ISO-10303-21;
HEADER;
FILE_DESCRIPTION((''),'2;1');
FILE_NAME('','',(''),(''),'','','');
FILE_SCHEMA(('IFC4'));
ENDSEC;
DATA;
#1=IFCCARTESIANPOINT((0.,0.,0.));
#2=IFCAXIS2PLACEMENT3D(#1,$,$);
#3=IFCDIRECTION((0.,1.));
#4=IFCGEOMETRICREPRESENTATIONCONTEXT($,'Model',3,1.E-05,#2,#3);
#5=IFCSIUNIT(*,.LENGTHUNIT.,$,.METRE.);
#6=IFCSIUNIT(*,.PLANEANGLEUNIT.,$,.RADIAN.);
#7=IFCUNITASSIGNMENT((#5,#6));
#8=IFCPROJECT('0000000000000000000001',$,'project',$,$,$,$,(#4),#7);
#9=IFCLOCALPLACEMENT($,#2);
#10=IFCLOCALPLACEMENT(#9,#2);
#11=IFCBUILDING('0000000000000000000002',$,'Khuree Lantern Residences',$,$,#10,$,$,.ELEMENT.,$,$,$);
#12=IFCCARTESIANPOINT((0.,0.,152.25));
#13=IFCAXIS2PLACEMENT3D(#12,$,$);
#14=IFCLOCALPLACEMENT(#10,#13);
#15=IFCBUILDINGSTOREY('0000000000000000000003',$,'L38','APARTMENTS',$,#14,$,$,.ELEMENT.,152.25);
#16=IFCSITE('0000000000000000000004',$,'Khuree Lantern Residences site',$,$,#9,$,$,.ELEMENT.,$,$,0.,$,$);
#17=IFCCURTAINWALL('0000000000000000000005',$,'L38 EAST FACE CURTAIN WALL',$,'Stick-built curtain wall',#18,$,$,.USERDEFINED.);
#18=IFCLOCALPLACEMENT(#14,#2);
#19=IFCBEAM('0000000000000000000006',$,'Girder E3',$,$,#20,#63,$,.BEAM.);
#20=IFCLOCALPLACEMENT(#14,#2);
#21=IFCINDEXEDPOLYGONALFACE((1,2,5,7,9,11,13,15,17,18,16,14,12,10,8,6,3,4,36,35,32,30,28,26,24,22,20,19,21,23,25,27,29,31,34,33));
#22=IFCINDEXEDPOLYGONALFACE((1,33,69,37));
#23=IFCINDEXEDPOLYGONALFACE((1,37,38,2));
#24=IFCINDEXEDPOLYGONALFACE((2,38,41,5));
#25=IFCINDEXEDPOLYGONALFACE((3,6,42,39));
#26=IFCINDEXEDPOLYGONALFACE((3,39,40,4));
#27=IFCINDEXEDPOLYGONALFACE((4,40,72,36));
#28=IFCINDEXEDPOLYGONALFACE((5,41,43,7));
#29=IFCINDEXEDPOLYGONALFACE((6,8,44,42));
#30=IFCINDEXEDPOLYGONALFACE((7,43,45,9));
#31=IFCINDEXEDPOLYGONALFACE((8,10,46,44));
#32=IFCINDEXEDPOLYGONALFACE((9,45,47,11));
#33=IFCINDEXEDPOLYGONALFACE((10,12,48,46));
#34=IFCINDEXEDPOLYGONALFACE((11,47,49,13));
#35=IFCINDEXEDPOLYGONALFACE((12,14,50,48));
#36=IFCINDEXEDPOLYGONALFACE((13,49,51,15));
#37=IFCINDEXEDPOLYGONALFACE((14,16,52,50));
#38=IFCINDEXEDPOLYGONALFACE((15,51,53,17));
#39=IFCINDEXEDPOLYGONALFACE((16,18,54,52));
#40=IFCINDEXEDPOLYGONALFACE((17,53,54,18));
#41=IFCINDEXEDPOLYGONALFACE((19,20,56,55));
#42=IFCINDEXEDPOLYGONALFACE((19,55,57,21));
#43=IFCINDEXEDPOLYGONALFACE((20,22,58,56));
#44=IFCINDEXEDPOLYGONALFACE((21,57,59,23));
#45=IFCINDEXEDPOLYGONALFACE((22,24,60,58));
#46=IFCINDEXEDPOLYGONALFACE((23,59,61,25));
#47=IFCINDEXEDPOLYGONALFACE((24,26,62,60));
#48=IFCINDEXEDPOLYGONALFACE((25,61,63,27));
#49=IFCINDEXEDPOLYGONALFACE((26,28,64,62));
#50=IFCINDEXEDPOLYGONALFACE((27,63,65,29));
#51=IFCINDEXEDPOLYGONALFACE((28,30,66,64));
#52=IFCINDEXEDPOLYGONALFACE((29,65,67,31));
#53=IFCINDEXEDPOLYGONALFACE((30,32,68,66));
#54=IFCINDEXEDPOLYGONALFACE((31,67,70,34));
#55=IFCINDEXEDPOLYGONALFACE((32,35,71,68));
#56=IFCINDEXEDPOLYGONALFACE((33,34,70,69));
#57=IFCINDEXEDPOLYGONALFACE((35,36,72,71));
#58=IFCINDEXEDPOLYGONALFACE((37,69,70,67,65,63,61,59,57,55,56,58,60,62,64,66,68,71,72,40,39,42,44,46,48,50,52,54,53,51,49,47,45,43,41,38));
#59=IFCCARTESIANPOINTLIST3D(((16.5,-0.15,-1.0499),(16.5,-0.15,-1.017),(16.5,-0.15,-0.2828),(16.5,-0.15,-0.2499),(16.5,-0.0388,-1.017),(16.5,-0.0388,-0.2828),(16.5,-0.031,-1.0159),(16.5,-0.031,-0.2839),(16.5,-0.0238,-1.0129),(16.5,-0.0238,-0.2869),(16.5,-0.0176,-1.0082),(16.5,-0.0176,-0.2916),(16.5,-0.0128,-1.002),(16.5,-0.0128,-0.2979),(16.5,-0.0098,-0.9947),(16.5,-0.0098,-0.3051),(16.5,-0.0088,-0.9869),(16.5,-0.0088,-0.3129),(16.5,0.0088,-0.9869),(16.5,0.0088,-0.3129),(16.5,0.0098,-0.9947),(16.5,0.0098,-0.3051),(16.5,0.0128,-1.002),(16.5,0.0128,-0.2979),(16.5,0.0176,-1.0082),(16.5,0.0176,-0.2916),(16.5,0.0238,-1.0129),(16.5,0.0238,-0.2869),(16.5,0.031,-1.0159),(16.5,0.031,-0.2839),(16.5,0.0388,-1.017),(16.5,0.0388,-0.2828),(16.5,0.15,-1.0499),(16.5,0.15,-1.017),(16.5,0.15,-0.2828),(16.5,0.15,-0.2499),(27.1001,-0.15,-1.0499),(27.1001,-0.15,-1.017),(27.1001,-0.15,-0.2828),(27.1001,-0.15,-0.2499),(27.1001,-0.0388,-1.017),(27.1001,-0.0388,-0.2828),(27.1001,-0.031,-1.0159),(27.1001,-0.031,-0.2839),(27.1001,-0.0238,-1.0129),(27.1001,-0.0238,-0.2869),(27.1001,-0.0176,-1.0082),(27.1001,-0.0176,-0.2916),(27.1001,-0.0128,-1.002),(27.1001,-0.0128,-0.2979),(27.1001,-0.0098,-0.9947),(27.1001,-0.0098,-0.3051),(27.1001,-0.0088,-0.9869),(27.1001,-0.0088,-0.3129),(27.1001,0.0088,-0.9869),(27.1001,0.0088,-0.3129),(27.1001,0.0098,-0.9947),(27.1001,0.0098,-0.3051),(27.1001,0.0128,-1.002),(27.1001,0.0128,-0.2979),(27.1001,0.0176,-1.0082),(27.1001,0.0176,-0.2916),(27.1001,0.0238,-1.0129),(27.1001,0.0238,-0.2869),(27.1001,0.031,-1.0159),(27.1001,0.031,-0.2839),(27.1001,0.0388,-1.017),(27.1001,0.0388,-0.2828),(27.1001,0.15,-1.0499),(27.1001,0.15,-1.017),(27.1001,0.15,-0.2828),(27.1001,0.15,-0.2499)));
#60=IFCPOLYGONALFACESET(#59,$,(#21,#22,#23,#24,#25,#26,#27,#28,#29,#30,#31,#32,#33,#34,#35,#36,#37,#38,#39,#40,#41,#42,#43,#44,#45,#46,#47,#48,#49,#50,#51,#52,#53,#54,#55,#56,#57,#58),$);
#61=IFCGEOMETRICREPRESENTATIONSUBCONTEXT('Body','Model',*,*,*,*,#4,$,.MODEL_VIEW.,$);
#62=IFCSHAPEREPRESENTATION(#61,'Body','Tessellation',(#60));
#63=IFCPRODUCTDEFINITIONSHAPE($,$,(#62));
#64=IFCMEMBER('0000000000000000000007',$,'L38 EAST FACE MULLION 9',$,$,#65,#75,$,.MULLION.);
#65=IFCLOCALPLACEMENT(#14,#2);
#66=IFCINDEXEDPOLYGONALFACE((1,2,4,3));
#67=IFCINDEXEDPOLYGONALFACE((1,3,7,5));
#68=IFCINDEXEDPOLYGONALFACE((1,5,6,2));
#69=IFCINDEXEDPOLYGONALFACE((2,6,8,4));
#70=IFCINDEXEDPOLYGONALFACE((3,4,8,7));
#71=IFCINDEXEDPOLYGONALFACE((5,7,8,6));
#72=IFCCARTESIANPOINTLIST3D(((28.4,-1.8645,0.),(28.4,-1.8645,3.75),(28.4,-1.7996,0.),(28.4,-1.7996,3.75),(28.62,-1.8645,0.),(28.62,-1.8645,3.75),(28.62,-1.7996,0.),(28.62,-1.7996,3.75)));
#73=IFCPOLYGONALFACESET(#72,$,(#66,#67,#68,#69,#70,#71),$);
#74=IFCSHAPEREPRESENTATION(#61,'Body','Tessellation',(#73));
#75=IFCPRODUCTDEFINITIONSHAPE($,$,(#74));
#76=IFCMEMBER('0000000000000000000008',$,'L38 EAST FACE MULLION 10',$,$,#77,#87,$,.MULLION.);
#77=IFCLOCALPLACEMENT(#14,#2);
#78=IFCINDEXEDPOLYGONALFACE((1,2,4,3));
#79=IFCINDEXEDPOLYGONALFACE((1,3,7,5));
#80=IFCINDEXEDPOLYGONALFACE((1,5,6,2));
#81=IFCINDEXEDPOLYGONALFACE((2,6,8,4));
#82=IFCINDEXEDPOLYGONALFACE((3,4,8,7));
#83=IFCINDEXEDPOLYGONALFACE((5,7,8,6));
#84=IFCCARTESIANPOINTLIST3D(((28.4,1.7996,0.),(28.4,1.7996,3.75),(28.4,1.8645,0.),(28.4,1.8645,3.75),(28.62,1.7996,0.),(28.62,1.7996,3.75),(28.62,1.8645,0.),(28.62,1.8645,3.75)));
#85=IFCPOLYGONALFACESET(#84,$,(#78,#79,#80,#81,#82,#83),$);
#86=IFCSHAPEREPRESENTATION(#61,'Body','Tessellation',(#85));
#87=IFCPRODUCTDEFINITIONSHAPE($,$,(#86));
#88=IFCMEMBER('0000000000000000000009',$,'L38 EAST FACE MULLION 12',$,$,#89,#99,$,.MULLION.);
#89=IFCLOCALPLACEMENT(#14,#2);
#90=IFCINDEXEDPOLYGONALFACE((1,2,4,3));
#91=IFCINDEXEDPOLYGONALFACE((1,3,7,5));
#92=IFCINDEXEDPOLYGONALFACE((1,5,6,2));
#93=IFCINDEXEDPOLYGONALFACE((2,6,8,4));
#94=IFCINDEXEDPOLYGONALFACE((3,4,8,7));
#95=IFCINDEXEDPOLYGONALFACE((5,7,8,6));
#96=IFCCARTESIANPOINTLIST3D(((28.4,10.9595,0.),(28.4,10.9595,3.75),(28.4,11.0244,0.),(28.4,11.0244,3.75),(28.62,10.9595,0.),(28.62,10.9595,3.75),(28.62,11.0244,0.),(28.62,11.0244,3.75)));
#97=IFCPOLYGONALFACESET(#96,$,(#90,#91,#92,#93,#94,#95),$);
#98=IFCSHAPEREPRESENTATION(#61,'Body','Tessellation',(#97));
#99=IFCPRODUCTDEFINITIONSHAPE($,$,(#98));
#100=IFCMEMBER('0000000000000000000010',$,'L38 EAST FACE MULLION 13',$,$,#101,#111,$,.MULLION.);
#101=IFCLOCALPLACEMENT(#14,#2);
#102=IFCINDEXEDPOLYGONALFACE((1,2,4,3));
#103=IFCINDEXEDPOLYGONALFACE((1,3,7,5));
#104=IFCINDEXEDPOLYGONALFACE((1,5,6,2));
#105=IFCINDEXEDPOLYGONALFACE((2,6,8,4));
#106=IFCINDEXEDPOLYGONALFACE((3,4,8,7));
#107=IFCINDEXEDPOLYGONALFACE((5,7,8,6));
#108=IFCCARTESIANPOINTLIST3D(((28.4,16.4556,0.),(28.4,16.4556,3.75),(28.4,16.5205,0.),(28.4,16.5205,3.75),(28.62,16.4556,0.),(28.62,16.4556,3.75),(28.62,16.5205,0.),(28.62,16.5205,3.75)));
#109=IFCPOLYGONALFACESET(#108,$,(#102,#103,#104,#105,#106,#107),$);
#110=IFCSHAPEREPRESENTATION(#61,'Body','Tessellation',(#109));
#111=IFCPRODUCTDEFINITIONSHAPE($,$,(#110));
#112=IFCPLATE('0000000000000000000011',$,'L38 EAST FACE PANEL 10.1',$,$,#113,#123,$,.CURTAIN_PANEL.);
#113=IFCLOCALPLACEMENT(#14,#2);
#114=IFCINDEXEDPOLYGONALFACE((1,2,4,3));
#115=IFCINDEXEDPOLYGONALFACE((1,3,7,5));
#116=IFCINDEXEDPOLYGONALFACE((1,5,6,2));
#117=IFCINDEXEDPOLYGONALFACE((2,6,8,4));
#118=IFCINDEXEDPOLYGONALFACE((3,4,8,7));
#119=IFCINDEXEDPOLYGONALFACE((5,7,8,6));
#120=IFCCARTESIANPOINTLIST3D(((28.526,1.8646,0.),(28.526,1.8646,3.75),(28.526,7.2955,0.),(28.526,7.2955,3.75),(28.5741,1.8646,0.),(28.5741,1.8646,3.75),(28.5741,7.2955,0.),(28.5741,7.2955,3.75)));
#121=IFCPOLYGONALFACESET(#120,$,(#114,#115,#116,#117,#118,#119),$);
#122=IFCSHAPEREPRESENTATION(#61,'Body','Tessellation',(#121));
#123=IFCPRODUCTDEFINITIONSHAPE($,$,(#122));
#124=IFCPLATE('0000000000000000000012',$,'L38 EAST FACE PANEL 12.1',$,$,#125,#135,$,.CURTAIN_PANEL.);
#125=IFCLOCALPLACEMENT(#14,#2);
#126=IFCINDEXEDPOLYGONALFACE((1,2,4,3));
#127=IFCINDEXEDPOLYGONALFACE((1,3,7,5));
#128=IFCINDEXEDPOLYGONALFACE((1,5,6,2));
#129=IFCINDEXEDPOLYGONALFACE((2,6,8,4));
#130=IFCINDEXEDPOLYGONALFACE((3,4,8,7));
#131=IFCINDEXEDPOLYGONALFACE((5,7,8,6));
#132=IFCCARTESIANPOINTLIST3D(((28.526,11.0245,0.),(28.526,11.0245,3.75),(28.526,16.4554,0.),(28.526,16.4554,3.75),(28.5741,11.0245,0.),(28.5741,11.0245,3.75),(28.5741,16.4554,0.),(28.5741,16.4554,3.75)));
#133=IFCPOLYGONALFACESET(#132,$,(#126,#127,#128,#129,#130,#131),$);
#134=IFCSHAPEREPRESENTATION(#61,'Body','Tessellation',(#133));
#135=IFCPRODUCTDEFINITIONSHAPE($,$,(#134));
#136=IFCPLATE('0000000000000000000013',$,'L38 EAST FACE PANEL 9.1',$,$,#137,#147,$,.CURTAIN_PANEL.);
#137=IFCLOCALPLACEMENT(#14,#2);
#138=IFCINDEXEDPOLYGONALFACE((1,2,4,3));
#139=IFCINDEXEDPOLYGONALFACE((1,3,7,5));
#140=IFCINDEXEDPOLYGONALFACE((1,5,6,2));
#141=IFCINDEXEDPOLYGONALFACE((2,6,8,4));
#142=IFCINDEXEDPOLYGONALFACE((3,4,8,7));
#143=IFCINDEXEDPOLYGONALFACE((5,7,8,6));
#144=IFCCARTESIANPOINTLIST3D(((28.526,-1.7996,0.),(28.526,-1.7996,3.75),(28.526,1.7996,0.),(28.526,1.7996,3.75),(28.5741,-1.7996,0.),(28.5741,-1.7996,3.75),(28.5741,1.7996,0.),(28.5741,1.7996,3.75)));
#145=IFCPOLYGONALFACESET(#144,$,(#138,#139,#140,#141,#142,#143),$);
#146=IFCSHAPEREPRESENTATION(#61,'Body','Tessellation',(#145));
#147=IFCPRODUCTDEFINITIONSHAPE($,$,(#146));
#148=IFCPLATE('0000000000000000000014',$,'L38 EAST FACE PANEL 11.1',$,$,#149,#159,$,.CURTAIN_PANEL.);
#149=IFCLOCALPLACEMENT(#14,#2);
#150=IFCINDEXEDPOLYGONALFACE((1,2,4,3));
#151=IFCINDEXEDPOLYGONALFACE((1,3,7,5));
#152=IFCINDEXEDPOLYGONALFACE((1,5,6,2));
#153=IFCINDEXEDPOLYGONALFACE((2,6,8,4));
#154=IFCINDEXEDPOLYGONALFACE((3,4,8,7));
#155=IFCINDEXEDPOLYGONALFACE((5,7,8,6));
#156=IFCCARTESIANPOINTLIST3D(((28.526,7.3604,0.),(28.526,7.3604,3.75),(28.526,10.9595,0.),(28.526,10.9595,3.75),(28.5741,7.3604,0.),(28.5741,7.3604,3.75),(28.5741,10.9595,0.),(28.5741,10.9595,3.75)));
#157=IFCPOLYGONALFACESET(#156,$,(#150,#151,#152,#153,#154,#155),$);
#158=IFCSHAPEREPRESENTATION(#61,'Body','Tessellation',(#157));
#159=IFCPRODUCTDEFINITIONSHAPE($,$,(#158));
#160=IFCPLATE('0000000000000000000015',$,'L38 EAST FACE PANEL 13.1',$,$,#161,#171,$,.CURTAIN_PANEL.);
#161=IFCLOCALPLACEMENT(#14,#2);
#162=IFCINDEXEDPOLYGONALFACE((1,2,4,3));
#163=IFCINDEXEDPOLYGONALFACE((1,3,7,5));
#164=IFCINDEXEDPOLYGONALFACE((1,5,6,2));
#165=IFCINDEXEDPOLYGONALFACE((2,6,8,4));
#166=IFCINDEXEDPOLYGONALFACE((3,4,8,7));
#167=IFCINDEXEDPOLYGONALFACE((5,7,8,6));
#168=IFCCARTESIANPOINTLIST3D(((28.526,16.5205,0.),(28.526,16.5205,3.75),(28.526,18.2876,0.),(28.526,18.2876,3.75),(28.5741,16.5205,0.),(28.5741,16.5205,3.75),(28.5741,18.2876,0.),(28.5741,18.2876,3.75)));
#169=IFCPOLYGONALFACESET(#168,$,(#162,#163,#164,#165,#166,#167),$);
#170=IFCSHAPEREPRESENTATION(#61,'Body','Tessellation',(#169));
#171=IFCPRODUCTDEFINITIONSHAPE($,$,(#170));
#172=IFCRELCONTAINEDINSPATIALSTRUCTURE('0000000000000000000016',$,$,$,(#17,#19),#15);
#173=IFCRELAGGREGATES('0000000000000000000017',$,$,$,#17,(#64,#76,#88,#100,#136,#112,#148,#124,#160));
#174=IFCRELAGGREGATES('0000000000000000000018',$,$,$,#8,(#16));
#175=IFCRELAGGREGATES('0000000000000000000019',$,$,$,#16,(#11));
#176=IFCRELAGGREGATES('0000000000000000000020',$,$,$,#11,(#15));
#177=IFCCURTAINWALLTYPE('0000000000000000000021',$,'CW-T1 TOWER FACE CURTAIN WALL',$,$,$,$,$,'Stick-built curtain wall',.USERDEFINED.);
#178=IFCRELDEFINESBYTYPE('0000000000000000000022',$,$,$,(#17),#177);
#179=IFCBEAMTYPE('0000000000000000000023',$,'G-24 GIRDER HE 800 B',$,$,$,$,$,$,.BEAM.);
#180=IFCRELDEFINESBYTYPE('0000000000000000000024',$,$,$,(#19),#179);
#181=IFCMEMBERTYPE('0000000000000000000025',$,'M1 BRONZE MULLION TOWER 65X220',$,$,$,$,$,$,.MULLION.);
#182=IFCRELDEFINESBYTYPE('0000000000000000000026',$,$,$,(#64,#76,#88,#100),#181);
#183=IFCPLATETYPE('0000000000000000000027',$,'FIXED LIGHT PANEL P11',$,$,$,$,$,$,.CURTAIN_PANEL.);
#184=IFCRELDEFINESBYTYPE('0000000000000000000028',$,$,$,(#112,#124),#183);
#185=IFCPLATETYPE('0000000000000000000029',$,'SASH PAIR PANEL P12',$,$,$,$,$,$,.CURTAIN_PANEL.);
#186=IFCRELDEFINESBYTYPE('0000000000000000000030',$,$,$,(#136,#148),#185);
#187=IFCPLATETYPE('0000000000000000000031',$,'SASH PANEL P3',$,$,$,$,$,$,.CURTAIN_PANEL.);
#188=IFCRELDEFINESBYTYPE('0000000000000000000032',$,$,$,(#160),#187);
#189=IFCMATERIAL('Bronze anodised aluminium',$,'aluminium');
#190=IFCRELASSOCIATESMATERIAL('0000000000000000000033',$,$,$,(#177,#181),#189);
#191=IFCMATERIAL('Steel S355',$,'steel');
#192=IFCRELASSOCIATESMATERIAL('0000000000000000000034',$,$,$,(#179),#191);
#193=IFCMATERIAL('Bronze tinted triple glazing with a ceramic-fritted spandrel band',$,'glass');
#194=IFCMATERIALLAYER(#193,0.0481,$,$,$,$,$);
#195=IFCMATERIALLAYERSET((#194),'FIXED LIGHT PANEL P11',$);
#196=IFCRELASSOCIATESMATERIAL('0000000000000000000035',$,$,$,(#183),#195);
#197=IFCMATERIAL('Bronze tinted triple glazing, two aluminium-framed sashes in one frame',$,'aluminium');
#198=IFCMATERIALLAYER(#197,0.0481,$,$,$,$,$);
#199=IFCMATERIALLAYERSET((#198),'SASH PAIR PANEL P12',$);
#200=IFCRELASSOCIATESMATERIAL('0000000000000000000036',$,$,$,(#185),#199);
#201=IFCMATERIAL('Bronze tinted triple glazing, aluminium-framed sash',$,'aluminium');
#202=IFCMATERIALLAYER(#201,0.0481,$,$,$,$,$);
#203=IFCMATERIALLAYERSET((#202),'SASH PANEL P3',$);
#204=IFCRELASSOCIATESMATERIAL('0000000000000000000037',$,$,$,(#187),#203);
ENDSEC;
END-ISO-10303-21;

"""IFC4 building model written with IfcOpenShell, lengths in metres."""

from ifc_helpers import new_model, si_unit, direction, frame, origin, origin_2d, place, context, subcontext, project, spatial, rectangle, i_section, extrude, material, layer, layer_set, material_profile, profile_set, type_object, element, aggregate, save


model = new_model("IFC4")

# Units and contexts
model_context = context("Model", 3, precision=1e-05, world=origin(), true_north=direction((0.0, 1.0)))
body_context = subcontext(model_context, "Body", "Model", "MODEL_VIEW")
ifc_project = project(units=[si_unit("LENGTHUNIT", "METRE"), si_unit("PLANEANGLEUNIT", "RADIAN")], contexts=[model_context])

# Site, building, storey
site_placement = place(None, origin())
site = spatial("IfcSite", under=ifc_project, at=site_placement, Name="Khuree Lantern Residences site", CompositionType="ELEMENT", RefElevation=0.0)
building_placement = place(site_placement, origin())
building = spatial("IfcBuilding", under=site, at=building_placement, Name="Khuree Lantern Residences", CompositionType="ELEMENT")
storey_placement = place(building_placement, frame((0.0, 0.0, 152.25)))
storey = spatial("IfcBuildingStorey", under=building, at=storey_placement, Name="L38", Description="APARTMENTS", CompositionType="ELEMENT", Elevation=152.25)

# Shared definitions
ifc_material_1 = material(Name="Steel S355", Category="steel")

# Curtain wall
ifc_material_2 = material(Name="Bronze anodised aluminium", Category="aluminium")
curtain_wall_type = type_object("IfcCurtainWallType", Name="CW-T1 TOWER FACE CURTAIN WALL", ElementType="Stick-built curtain wall", PredefinedType="USERDEFINED", material=ifc_material_2)
curtain_wall_placement = place(storey_placement, origin())
curtain_wall = element("IfcCurtainWall", 1, at=curtain_wall_placement, inside=storey, type_object=curtain_wall_type, Name="L38 EAST FACE CURTAIN WALL", ObjectType="Stick-built curtain wall", PredefinedType="USERDEFINED")

# Beam
ifc_material_profile_1 = material_profile(ifc_material_1, i_section(OverallWidth=0.3, OverallDepth=0.8, WebThickness=0.0176, FlangeThickness=0.033, FilletRadius=0.03, at=origin_2d()), Name="HE 800 B")
ifc_profile_set_1 = profile_set([ifc_material_profile_1], Name="Steel S355")
beam_type_1 = type_object("IfcBeamType", Name="G-24 GIRDER HE 800 B", PredefinedType="BEAM", material=ifc_profile_set_1)
for number, where, z_axis, x_axis, name in (
    (2, (27.1001, 0.0, -0.6499), (-1.0, 0.0, 0.0), (0.0, -1.0, 0.0), "Girder E3"),
):
    element("IfcBeam", number, at=place(storey_placement, frame(where, z_axis=z_axis, x_axis=x_axis)), inside=storey, type_object=beam_type_1, Name=name, PredefinedType="BEAM", context=body_context, shape_type="SweptSolid", body=[
        extrude(i_section(OverallWidth=0.3, OverallDepth=0.8, WebThickness=0.0176, FlangeThickness=0.033, FilletRadius=0.03, at=origin_2d()), origin(), (0.0, 0.0, 1.0), 10.6001),
    ])

# Members
ifc_material_profile_2 = material_profile(ifc_material_2, rectangle(XDim=0.0649, YDim=0.22, at=origin_2d()), Name="M1 65X220")
ifc_profile_set_2 = profile_set([ifc_material_profile_2], Name="Bronze anodised aluminium")
member_type_1 = type_object("IfcMemberType", Name="M1 BRONZE MULLION TOWER 65X220", PredefinedType="MULLION", material=ifc_profile_set_2)
member_1_placement = place(storey_placement, frame((28.51, -1.832, 0.0), z_axis=(0.0, 0.0, 1.0), x_axis=(0.0, 1.0, 0.0)))
member_1 = element("IfcMember", 3, at=member_1_placement, type_object=member_type_1, Name="L38 EAST FACE MULLION 9", PredefinedType="MULLION", context=body_context, shape_type="SweptSolid", body=[
    extrude(rectangle(XDim=0.0649, YDim=0.22, at=origin_2d()), origin(), (0.0, 0.0, 1.0), 3.75),
])
member_2_placement = place(storey_placement, frame((28.51, 1.832, 0.0), z_axis=(0.0, 0.0, 1.0), x_axis=(0.0, 1.0, 0.0)))
member_2 = element("IfcMember", 4, at=member_2_placement, type_object=member_type_1, Name="L38 EAST FACE MULLION 10", PredefinedType="MULLION", context=body_context, shape_type="SweptSolid", body=[
    extrude(rectangle(XDim=0.0649, YDim=0.22, at=origin_2d()), origin(), (0.0, 0.0, 1.0), 3.75),
])
member_3_placement = place(storey_placement, frame((28.51, 10.9919, 0.0), z_axis=(0.0, 0.0, 1.0), x_axis=(0.0, 1.0, 0.0)))
member_3 = element("IfcMember", 5, at=member_3_placement, type_object=member_type_1, Name="L38 EAST FACE MULLION 12", PredefinedType="MULLION", context=body_context, shape_type="SweptSolid", body=[
    extrude(rectangle(XDim=0.0649, YDim=0.22, at=origin_2d()), origin(), (0.0, 0.0, 1.0), 3.75),
])
member_4_placement = place(storey_placement, frame((28.51, 16.488, 0.0), z_axis=(0.0, 0.0, 1.0), x_axis=(0.0, 1.0, 0.0)))
member_4 = element("IfcMember", 6, at=member_4_placement, type_object=member_type_1, Name="L38 EAST FACE MULLION 13", PredefinedType="MULLION", context=body_context, shape_type="SweptSolid", body=[
    extrude(rectangle(XDim=0.0649, YDim=0.22, at=origin_2d()), origin(), (0.0, 0.0, 1.0), 3.75),
])

# Plates
ifc_material_3 = material(Name="Bronze tinted triple glazing with a ceramic-fritted spandrel band", Category="glass")
ifc_layer_1 = layer(ifc_material_3, 0.0481)
ifc_layer_set_1 = layer_set([ifc_layer_1], Name="FIXED LIGHT PANEL P11")
plate_type_1 = type_object("IfcPlateType", Name="FIXED LIGHT PANEL P11", PredefinedType="CURTAIN_PANEL", material=ifc_layer_set_1)
plate_1_placement = place(storey_placement, frame((28.55, 4.5801, 0.0), z_axis=(0.0, 0.0, 1.0), x_axis=(0.0, 1.0, 0.0)))
plate_1 = element("IfcPlate", 7, at=plate_1_placement, type_object=plate_type_1, Name="L38 EAST FACE PANEL 10.1", PredefinedType="CURTAIN_PANEL", context=body_context, shape_type="SweptSolid", body=[
    extrude(rectangle(XDim=5.4309, YDim=0.0481, at=origin_2d()), origin(), (0.0, 0.0, 1.0), 3.75),
])
plate_2_placement = place(storey_placement, frame((28.55, 13.74, 0.0), z_axis=(0.0, 0.0, 1.0), x_axis=(0.0, 1.0, 0.0)))
plate_2 = element("IfcPlate", 8, at=plate_2_placement, type_object=plate_type_1, Name="L38 EAST FACE PANEL 12.1", PredefinedType="CURTAIN_PANEL", context=body_context, shape_type="SweptSolid", body=[
    extrude(rectangle(XDim=5.4309, YDim=0.0481, at=origin_2d()), origin(), (0.0, 0.0, 1.0), 3.75),
])
ifc_material_4 = material(Name="Bronze tinted triple glazing, two aluminium-framed sashes in one frame", Category="aluminium")
ifc_layer_2 = layer(ifc_material_4, 0.0481)
ifc_layer_set_2 = layer_set([ifc_layer_2], Name="SASH PAIR PANEL P12")
plate_type_2 = type_object("IfcPlateType", Name="SASH PAIR PANEL P12", PredefinedType="CURTAIN_PANEL", material=ifc_layer_set_2)
plate_3_placement = place(storey_placement, frame((28.55, 0.0, 0.0), z_axis=(0.0, 0.0, 1.0), x_axis=(0.0, 1.0, 0.0)))
plate_3 = element("IfcPlate", 9, at=plate_3_placement, type_object=plate_type_2, Name="L38 EAST FACE PANEL 9.1", PredefinedType="CURTAIN_PANEL", context=body_context, shape_type="SweptSolid", body=[
    extrude(rectangle(XDim=3.5991, YDim=0.0481, at=origin_2d()), origin(), (0.0, 0.0, 1.0), 3.75),
])
plate_4_placement = place(storey_placement, frame((28.55, 9.1599, 0.0), z_axis=(0.0, 0.0, 1.0), x_axis=(0.0, 1.0, 0.0)))
plate_4 = element("IfcPlate", 10, at=plate_4_placement, type_object=plate_type_2, Name="L38 EAST FACE PANEL 11.1", PredefinedType="CURTAIN_PANEL", context=body_context, shape_type="SweptSolid", body=[
    extrude(rectangle(XDim=3.5991, YDim=0.0481, at=origin_2d()), origin(), (0.0, 0.0, 1.0), 3.75),
])
ifc_material_5 = material(Name="Bronze tinted triple glazing, aluminium-framed sash", Category="aluminium")
ifc_layer_3 = layer(ifc_material_5, 0.0481)
ifc_layer_set_3 = layer_set([ifc_layer_3], Name="SASH PANEL P3")
plate_type_3 = type_object("IfcPlateType", Name="SASH PANEL P3", PredefinedType="CURTAIN_PANEL", material=ifc_layer_set_3)
plate_5_placement = place(storey_placement, frame((28.55, 17.4041, 0.0), z_axis=(0.0, 0.0, 1.0), x_axis=(0.0, 1.0, 0.0)))
plate_5 = element("IfcPlate", 11, at=plate_5_placement, type_object=plate_type_3, Name="L38 EAST FACE PANEL 13.1", PredefinedType="CURTAIN_PANEL", context=body_context, shape_type="SweptSolid", body=[
    extrude(rectangle(XDim=1.7671, YDim=0.0481, at=origin_2d()), origin(), (0.0, 0.0, 1.0), 3.75),
])
aggregate(curtain_wall, [member_1, member_2, member_3, member_4, plate_3, plate_1, plate_4, plate_2, plate_5])

save(model, "model.ifc")
